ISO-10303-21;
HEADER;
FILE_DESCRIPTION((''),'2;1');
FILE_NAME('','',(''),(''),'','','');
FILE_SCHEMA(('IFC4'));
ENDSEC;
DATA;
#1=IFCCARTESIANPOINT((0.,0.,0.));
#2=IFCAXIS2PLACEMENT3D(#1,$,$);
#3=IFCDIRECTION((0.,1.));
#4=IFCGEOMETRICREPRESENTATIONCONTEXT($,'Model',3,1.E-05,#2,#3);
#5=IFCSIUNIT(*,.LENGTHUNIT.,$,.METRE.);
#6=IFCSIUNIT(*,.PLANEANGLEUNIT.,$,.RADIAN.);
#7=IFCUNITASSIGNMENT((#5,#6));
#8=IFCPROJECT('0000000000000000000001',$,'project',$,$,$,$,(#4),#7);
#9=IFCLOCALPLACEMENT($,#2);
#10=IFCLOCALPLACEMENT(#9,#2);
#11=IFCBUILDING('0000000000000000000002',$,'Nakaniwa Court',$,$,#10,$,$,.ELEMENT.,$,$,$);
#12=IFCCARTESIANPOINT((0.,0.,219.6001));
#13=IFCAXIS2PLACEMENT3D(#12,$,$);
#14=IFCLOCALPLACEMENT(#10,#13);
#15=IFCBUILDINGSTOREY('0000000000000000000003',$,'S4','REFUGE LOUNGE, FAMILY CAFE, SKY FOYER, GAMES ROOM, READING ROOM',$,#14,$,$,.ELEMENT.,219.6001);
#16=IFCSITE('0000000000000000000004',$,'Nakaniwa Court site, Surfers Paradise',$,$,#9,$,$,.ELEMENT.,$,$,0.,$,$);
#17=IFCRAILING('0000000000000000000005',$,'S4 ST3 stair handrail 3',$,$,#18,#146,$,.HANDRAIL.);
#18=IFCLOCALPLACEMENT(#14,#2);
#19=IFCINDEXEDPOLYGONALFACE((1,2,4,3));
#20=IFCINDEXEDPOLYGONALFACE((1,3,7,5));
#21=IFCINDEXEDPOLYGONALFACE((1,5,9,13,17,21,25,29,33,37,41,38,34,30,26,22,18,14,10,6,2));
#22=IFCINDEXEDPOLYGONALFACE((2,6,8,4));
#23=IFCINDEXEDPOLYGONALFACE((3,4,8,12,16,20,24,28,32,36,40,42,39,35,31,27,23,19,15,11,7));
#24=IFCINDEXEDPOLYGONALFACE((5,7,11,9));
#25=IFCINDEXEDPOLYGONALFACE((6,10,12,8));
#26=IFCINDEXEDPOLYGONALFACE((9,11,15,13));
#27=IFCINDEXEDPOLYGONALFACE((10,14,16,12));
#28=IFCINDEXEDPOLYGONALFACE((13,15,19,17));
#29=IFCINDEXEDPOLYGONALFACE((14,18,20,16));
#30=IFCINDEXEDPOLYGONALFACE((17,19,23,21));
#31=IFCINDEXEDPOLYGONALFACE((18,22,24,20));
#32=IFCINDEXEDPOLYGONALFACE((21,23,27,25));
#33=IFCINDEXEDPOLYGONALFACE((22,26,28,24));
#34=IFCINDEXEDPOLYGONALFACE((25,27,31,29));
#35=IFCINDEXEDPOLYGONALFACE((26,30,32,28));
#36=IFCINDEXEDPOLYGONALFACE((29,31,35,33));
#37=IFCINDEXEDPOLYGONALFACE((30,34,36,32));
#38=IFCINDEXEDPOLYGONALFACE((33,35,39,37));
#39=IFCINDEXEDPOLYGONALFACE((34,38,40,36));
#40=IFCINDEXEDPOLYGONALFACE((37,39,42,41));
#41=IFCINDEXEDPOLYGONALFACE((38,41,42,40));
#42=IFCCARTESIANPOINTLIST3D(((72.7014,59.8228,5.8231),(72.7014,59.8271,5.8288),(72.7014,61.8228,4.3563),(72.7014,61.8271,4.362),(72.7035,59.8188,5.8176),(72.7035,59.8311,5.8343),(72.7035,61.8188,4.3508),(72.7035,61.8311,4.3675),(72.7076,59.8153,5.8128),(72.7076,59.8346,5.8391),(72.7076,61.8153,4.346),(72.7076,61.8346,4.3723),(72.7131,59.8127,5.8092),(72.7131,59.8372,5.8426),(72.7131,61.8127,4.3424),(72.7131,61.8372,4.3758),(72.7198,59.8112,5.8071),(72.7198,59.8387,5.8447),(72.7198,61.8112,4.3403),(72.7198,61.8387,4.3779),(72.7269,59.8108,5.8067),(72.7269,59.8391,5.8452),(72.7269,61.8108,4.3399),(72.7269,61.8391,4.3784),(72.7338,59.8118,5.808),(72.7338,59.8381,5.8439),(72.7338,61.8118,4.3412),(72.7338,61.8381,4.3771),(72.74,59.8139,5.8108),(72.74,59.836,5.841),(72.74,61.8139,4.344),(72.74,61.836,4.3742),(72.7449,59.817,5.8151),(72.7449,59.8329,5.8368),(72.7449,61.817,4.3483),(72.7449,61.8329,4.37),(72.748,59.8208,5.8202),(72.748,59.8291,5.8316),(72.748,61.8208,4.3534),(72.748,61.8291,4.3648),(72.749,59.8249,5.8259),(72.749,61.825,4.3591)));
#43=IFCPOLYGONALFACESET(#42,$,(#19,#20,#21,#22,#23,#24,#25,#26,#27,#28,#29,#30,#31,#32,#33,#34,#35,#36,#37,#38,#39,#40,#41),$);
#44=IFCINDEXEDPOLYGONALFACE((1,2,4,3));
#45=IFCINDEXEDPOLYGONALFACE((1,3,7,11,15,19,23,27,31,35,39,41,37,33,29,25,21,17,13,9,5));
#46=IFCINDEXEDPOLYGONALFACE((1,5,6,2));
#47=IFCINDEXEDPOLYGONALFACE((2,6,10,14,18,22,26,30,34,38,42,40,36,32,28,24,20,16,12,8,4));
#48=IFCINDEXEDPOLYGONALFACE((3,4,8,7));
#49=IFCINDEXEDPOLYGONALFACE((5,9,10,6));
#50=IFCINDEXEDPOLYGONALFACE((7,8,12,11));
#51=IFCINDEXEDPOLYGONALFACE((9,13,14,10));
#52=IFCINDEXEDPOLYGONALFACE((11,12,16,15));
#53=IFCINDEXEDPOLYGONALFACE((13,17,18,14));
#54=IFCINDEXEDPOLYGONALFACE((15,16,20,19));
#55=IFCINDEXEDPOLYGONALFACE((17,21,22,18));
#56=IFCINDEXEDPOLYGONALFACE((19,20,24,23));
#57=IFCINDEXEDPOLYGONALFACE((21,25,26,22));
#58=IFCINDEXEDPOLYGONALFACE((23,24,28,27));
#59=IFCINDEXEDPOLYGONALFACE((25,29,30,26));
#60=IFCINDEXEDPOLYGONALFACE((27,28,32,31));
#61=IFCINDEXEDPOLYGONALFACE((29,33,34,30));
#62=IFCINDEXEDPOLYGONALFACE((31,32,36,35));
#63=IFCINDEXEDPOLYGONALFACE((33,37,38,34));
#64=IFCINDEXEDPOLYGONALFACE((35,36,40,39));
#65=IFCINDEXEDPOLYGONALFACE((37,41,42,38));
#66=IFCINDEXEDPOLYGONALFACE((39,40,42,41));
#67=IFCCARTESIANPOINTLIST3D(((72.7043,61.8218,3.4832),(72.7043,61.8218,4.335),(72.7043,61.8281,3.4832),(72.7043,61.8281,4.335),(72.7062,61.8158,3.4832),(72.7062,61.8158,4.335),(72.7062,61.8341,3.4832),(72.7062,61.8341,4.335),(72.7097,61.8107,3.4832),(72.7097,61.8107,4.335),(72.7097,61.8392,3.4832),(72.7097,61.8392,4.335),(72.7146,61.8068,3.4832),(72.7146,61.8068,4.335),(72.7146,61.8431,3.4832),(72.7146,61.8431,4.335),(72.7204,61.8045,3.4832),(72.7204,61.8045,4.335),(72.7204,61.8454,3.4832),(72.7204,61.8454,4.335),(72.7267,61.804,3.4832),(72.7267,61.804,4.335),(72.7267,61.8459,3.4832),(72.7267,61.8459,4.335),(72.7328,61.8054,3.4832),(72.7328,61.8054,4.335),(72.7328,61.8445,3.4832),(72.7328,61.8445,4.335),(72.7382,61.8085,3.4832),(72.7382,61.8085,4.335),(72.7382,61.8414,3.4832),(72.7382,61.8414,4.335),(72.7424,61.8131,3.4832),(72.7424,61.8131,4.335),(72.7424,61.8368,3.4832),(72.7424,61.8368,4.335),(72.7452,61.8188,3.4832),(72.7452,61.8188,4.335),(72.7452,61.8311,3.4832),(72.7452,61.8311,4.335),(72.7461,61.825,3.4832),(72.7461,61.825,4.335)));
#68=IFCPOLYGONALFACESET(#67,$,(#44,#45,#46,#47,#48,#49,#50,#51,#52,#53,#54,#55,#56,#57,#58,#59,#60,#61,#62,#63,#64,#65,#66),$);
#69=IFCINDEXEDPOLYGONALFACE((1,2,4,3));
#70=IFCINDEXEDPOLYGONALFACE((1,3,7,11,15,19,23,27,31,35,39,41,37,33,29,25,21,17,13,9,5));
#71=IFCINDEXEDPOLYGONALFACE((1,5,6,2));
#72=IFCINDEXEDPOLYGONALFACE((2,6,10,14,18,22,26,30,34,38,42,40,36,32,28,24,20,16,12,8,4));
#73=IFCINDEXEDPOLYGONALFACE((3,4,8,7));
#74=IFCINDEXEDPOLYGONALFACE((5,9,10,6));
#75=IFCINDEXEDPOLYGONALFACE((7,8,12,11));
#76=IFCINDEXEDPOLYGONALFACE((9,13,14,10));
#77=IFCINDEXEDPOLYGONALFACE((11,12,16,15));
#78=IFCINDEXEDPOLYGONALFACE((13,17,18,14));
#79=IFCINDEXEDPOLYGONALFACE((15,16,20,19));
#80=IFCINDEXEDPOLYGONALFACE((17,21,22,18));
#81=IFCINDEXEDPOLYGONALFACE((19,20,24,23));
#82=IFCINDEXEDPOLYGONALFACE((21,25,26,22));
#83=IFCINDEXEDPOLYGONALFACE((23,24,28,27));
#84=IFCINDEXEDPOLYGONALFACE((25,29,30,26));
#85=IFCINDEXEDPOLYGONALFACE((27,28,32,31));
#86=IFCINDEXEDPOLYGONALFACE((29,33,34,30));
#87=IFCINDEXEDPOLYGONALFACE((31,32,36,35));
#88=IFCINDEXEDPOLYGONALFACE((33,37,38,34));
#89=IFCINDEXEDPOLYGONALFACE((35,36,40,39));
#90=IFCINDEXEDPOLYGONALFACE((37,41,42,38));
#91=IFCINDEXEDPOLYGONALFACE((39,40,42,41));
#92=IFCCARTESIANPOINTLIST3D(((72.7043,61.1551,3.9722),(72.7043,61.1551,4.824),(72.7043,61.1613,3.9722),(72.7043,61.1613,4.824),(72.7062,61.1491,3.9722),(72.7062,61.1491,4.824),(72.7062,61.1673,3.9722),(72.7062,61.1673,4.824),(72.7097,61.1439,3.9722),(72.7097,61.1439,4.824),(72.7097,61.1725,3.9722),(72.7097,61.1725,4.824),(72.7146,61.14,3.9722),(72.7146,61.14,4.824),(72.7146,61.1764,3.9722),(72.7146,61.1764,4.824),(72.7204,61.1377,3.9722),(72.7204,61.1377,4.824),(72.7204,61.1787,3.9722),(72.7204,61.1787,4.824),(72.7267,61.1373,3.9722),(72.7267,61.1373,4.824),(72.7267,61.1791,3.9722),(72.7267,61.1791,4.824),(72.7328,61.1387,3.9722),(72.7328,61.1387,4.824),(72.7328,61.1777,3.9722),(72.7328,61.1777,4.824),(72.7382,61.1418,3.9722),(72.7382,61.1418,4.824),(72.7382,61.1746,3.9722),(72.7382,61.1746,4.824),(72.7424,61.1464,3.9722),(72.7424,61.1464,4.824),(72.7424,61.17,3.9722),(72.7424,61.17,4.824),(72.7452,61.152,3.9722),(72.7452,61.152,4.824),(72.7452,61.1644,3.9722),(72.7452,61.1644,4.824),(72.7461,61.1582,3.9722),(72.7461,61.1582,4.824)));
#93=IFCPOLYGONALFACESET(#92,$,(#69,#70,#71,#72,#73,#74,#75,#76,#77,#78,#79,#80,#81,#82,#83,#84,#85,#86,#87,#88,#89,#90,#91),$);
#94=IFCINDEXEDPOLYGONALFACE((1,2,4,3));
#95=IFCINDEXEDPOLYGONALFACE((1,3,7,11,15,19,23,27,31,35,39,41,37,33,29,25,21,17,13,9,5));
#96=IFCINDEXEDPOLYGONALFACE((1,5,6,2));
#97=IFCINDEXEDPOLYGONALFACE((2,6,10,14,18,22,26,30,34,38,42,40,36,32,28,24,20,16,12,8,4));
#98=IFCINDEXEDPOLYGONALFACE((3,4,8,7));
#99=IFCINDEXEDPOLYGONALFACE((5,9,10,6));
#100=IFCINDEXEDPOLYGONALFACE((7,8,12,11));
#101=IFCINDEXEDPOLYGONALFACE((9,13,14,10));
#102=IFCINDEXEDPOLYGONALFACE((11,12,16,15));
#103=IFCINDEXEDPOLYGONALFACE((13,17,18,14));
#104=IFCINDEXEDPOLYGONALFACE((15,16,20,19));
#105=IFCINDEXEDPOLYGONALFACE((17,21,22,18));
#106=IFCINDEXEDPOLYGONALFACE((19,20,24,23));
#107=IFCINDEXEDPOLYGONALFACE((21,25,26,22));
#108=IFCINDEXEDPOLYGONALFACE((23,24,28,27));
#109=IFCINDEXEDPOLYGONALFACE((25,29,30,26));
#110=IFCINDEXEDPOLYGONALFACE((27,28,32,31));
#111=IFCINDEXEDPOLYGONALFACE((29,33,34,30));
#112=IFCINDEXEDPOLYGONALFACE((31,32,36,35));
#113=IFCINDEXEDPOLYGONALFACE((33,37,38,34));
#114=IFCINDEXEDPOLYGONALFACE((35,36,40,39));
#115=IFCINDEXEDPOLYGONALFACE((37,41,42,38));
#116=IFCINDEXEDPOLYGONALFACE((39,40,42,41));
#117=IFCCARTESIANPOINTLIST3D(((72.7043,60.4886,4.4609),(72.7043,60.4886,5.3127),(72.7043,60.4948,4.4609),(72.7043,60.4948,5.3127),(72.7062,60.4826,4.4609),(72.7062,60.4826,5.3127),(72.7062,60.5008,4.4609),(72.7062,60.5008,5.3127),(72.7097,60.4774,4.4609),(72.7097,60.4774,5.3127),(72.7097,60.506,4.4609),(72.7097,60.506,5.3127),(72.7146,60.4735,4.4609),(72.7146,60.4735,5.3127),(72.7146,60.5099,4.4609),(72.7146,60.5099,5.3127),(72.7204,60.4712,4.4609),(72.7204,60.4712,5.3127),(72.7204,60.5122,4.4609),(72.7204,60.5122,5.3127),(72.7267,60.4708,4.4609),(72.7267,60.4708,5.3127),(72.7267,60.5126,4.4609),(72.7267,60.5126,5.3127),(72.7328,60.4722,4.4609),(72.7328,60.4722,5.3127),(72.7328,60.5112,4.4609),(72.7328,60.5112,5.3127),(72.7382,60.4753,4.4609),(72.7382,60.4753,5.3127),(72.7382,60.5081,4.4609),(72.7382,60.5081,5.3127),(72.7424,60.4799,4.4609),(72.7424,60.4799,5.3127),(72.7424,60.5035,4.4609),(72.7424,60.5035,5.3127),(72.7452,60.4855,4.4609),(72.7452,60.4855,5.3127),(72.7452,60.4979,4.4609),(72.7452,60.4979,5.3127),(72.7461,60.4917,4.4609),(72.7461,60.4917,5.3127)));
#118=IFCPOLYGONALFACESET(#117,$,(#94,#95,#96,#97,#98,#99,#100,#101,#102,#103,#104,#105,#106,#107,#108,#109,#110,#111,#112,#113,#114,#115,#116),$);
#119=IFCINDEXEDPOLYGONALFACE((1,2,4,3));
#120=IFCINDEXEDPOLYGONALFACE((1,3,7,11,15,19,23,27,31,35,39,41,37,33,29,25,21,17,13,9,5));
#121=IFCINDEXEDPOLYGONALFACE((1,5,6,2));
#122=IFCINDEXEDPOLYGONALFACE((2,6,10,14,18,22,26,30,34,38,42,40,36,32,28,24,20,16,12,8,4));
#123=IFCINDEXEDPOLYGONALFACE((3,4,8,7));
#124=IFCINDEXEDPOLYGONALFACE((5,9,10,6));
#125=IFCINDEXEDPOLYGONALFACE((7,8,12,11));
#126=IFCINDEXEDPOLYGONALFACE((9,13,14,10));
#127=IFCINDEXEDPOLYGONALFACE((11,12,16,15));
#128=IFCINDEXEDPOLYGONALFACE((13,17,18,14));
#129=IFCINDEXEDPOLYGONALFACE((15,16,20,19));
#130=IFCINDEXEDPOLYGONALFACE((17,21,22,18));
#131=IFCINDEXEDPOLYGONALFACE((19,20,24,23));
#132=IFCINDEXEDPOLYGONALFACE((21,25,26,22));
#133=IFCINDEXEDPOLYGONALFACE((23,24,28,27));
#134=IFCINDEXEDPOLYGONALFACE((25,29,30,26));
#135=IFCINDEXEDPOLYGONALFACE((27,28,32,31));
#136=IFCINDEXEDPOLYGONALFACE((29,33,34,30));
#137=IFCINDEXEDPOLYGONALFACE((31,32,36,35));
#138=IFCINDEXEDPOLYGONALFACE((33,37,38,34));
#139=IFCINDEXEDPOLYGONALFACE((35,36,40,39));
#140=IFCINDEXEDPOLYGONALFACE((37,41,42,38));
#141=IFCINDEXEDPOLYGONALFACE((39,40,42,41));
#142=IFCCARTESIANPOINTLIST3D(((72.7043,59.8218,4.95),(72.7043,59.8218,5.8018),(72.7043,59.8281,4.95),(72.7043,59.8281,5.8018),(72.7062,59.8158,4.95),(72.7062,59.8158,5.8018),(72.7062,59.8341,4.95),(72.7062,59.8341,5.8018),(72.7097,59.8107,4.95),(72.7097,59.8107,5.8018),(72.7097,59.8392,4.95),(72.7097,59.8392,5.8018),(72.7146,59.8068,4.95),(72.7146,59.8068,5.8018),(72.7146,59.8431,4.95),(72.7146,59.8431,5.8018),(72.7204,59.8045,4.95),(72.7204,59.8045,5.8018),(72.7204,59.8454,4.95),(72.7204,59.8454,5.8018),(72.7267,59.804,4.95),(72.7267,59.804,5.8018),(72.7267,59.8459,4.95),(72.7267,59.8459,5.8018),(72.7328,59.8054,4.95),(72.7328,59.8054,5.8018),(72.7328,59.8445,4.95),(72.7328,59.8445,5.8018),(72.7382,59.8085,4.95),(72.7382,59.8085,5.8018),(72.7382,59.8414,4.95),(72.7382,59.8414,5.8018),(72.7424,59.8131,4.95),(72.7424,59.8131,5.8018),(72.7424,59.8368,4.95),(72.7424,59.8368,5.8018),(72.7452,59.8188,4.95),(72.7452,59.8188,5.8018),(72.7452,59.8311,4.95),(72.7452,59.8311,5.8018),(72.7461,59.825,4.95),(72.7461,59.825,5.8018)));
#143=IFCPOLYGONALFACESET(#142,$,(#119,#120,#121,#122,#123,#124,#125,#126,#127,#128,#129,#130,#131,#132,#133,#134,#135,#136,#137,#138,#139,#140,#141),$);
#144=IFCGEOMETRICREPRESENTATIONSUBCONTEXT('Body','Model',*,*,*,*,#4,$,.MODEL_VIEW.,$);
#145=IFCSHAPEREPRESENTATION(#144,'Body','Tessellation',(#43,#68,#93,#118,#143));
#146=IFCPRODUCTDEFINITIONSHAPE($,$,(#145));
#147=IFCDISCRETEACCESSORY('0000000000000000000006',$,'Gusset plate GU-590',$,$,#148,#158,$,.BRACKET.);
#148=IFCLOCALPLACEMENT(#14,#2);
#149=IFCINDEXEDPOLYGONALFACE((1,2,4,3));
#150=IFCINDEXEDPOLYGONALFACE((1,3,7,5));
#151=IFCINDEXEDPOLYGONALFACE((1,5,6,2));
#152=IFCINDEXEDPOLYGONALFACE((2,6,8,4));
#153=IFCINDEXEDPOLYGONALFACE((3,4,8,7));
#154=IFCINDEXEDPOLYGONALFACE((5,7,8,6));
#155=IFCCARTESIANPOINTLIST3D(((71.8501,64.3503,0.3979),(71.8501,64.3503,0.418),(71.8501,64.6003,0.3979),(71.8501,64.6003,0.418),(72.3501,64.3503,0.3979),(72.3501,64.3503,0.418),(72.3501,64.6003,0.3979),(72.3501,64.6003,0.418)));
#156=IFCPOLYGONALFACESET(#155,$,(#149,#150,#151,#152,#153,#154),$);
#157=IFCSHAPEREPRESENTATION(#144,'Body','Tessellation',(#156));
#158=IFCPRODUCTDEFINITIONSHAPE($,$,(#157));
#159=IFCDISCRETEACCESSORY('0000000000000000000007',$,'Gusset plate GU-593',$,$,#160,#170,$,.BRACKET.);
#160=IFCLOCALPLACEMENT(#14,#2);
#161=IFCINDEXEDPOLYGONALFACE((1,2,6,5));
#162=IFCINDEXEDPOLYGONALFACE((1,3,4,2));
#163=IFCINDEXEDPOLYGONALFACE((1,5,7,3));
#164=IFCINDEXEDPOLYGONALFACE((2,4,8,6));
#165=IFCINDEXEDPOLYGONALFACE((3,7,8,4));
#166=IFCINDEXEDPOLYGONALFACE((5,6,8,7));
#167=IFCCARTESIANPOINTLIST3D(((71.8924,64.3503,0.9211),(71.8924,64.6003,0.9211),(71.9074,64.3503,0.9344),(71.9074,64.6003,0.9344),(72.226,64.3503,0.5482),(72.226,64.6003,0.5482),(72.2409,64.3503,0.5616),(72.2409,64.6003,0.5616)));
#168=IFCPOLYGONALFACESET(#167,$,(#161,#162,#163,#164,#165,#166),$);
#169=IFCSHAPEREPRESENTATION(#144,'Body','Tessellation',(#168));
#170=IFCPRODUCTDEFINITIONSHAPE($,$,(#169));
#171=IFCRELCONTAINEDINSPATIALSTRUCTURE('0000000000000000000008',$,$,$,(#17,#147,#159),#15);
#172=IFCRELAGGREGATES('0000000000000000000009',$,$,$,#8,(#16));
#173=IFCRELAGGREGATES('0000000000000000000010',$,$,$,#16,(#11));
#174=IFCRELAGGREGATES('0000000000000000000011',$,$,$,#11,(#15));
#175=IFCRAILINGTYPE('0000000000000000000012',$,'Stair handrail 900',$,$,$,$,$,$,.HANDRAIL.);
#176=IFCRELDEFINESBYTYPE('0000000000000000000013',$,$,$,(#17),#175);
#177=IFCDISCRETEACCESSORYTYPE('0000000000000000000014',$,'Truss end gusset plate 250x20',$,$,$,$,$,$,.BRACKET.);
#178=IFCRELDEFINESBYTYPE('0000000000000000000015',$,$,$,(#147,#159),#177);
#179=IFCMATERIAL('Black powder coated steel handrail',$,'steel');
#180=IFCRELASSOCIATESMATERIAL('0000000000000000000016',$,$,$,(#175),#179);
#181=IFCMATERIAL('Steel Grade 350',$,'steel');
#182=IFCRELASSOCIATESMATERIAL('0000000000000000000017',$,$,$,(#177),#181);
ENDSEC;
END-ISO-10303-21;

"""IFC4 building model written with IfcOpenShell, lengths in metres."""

from ifc_helpers import new_model, si_unit, direction, frame, origin, origin_2d, place, context, subcontext, project, spatial, rectangle, circle, extrude, material, material_profile, profile_set, type_object, element, save


model = new_model("IFC4")

# Units and contexts
model_context = context("Model", 3, precision=1e-05, world=origin(), true_north=direction((0.0, 1.0)))
body_context = subcontext(model_context, "Body", "Model", "MODEL_VIEW")
ifc_project = project(units=[si_unit("LENGTHUNIT", "METRE"), si_unit("PLANEANGLEUNIT", "RADIAN")], contexts=[model_context])

# Site, building, storey
site_placement = place(None, origin())
site = spatial("IfcSite", under=ifc_project, at=site_placement, Name="Nakaniwa Court site, Surfers Paradise", CompositionType="ELEMENT", RefElevation=0.0)
building_placement = place(site_placement, origin())
building = spatial("IfcBuilding", under=site, at=building_placement, Name="Nakaniwa Court", CompositionType="ELEMENT")
storey_placement = place(building_placement, frame((0.0, 0.0, 219.6001)))
storey = spatial("IfcBuildingStorey", under=building, at=storey_placement, Name="S4", Description="REFUGE LOUNGE, FAMILY CAFE, SKY FOYER, GAMES ROOM, READING ROOM", CompositionType="ELEMENT", Elevation=219.6001)

# Shared definitions
ifc_material_1 = material(Name="Steel Grade 350", Category="steel")

# Railing
ifc_material_2 = material(Name="Black powder coated steel handrail", Category="steel")
railing_type_1 = type_object("IfcRailingType", Name="Stair handrail 900", PredefinedType="HANDRAIL", material=ifc_material_2)
railing_1_placement = place(storey_placement, frame((72.7251, 61.825, 3.4832)))
element("IfcRailing", 1, at=railing_1_placement, inside=storey, type_object=railing_type_1, Name="S4 ST3 stair handrail 3", PredefinedType="HANDRAIL", context=body_context, shape_type="SweptSolid", body=[
    extrude(circle(Radius=0.0239, at=origin_2d()), frame((0.0, 0.0, 0.876), z_axis=(0.0, -0.80638, 0.591398), x_axis=(1.0, 0.0, 0.0)), (0.0, 0.0, 1.0), 2.4802),
    extrude(circle(Radius=0.021, at=origin_2d()), origin(), (0.0, 0.0, 1.0), 0.8518),
    extrude(circle(Radius=0.021, at=origin_2d()), frame((0.0, -0.6667, 0.489)), (0.0, 0.0, 1.0), 0.8518),
    extrude(circle(Radius=0.021, at=origin_2d()), frame((0.0, -1.3333, 0.9778)), (0.0, 0.0, 1.0), 0.8518),
    extrude(circle(Radius=0.021, at=origin_2d()), frame((0.0, -2.0, 1.4668)), (0.0, 0.0, 1.0), 0.8518),
])

# Discrete accessories
ifc_material_profile_1 = material_profile(ifc_material_1, rectangle(XDim=0.25, YDim=0.02, at=origin_2d()), Name="Truss end gusset plate 250x20")
ifc_profile_set_1 = profile_set([ifc_material_profile_1], Name="Steel Grade 350")
discrete_accessory_type = type_object("IfcDiscreteAccessoryType", Name="Truss end gusset plate 250x20", PredefinedType="BRACKET", material=ifc_profile_set_1)
discrete_accessory_1_placement = place(storey_placement, frame((71.8501, 64.4753, 0.408), z_axis=(1.0, 0.0, 0.0), x_axis=(0.0, 1.0, 0.0)))
element("IfcDiscreteAccessory", 2, at=discrete_accessory_1_placement, inside=storey, type_object=discrete_accessory_type, Name="Gusset plate GU-590", PredefinedType="BRACKET", context=body_context, shape_type="SweptSolid", body=[
    extrude(rectangle(XDim=0.25, YDim=0.02, at=origin_2d()), origin(), (0.0, 0.0, 1.0), 0.5),
])
discrete_accessory_2_placement = place(storey_placement, frame((71.8999, 64.4753, 0.9277), z_axis=(0.666724, 0.0, -0.745305), x_axis=(0.0, 1.0, 0.0)))
element("IfcDiscreteAccessory", 3, at=discrete_accessory_2_placement, inside=storey, type_object=discrete_accessory_type, Name="Gusset plate GU-593", PredefinedType="BRACKET", context=body_context, shape_type="SweptSolid", body=[
    extrude(rectangle(XDim=0.25, YDim=0.02, at=origin_2d()), origin(), (0.0, 0.0, 1.0), 0.5002),
])

save(model, "model.ifc")
